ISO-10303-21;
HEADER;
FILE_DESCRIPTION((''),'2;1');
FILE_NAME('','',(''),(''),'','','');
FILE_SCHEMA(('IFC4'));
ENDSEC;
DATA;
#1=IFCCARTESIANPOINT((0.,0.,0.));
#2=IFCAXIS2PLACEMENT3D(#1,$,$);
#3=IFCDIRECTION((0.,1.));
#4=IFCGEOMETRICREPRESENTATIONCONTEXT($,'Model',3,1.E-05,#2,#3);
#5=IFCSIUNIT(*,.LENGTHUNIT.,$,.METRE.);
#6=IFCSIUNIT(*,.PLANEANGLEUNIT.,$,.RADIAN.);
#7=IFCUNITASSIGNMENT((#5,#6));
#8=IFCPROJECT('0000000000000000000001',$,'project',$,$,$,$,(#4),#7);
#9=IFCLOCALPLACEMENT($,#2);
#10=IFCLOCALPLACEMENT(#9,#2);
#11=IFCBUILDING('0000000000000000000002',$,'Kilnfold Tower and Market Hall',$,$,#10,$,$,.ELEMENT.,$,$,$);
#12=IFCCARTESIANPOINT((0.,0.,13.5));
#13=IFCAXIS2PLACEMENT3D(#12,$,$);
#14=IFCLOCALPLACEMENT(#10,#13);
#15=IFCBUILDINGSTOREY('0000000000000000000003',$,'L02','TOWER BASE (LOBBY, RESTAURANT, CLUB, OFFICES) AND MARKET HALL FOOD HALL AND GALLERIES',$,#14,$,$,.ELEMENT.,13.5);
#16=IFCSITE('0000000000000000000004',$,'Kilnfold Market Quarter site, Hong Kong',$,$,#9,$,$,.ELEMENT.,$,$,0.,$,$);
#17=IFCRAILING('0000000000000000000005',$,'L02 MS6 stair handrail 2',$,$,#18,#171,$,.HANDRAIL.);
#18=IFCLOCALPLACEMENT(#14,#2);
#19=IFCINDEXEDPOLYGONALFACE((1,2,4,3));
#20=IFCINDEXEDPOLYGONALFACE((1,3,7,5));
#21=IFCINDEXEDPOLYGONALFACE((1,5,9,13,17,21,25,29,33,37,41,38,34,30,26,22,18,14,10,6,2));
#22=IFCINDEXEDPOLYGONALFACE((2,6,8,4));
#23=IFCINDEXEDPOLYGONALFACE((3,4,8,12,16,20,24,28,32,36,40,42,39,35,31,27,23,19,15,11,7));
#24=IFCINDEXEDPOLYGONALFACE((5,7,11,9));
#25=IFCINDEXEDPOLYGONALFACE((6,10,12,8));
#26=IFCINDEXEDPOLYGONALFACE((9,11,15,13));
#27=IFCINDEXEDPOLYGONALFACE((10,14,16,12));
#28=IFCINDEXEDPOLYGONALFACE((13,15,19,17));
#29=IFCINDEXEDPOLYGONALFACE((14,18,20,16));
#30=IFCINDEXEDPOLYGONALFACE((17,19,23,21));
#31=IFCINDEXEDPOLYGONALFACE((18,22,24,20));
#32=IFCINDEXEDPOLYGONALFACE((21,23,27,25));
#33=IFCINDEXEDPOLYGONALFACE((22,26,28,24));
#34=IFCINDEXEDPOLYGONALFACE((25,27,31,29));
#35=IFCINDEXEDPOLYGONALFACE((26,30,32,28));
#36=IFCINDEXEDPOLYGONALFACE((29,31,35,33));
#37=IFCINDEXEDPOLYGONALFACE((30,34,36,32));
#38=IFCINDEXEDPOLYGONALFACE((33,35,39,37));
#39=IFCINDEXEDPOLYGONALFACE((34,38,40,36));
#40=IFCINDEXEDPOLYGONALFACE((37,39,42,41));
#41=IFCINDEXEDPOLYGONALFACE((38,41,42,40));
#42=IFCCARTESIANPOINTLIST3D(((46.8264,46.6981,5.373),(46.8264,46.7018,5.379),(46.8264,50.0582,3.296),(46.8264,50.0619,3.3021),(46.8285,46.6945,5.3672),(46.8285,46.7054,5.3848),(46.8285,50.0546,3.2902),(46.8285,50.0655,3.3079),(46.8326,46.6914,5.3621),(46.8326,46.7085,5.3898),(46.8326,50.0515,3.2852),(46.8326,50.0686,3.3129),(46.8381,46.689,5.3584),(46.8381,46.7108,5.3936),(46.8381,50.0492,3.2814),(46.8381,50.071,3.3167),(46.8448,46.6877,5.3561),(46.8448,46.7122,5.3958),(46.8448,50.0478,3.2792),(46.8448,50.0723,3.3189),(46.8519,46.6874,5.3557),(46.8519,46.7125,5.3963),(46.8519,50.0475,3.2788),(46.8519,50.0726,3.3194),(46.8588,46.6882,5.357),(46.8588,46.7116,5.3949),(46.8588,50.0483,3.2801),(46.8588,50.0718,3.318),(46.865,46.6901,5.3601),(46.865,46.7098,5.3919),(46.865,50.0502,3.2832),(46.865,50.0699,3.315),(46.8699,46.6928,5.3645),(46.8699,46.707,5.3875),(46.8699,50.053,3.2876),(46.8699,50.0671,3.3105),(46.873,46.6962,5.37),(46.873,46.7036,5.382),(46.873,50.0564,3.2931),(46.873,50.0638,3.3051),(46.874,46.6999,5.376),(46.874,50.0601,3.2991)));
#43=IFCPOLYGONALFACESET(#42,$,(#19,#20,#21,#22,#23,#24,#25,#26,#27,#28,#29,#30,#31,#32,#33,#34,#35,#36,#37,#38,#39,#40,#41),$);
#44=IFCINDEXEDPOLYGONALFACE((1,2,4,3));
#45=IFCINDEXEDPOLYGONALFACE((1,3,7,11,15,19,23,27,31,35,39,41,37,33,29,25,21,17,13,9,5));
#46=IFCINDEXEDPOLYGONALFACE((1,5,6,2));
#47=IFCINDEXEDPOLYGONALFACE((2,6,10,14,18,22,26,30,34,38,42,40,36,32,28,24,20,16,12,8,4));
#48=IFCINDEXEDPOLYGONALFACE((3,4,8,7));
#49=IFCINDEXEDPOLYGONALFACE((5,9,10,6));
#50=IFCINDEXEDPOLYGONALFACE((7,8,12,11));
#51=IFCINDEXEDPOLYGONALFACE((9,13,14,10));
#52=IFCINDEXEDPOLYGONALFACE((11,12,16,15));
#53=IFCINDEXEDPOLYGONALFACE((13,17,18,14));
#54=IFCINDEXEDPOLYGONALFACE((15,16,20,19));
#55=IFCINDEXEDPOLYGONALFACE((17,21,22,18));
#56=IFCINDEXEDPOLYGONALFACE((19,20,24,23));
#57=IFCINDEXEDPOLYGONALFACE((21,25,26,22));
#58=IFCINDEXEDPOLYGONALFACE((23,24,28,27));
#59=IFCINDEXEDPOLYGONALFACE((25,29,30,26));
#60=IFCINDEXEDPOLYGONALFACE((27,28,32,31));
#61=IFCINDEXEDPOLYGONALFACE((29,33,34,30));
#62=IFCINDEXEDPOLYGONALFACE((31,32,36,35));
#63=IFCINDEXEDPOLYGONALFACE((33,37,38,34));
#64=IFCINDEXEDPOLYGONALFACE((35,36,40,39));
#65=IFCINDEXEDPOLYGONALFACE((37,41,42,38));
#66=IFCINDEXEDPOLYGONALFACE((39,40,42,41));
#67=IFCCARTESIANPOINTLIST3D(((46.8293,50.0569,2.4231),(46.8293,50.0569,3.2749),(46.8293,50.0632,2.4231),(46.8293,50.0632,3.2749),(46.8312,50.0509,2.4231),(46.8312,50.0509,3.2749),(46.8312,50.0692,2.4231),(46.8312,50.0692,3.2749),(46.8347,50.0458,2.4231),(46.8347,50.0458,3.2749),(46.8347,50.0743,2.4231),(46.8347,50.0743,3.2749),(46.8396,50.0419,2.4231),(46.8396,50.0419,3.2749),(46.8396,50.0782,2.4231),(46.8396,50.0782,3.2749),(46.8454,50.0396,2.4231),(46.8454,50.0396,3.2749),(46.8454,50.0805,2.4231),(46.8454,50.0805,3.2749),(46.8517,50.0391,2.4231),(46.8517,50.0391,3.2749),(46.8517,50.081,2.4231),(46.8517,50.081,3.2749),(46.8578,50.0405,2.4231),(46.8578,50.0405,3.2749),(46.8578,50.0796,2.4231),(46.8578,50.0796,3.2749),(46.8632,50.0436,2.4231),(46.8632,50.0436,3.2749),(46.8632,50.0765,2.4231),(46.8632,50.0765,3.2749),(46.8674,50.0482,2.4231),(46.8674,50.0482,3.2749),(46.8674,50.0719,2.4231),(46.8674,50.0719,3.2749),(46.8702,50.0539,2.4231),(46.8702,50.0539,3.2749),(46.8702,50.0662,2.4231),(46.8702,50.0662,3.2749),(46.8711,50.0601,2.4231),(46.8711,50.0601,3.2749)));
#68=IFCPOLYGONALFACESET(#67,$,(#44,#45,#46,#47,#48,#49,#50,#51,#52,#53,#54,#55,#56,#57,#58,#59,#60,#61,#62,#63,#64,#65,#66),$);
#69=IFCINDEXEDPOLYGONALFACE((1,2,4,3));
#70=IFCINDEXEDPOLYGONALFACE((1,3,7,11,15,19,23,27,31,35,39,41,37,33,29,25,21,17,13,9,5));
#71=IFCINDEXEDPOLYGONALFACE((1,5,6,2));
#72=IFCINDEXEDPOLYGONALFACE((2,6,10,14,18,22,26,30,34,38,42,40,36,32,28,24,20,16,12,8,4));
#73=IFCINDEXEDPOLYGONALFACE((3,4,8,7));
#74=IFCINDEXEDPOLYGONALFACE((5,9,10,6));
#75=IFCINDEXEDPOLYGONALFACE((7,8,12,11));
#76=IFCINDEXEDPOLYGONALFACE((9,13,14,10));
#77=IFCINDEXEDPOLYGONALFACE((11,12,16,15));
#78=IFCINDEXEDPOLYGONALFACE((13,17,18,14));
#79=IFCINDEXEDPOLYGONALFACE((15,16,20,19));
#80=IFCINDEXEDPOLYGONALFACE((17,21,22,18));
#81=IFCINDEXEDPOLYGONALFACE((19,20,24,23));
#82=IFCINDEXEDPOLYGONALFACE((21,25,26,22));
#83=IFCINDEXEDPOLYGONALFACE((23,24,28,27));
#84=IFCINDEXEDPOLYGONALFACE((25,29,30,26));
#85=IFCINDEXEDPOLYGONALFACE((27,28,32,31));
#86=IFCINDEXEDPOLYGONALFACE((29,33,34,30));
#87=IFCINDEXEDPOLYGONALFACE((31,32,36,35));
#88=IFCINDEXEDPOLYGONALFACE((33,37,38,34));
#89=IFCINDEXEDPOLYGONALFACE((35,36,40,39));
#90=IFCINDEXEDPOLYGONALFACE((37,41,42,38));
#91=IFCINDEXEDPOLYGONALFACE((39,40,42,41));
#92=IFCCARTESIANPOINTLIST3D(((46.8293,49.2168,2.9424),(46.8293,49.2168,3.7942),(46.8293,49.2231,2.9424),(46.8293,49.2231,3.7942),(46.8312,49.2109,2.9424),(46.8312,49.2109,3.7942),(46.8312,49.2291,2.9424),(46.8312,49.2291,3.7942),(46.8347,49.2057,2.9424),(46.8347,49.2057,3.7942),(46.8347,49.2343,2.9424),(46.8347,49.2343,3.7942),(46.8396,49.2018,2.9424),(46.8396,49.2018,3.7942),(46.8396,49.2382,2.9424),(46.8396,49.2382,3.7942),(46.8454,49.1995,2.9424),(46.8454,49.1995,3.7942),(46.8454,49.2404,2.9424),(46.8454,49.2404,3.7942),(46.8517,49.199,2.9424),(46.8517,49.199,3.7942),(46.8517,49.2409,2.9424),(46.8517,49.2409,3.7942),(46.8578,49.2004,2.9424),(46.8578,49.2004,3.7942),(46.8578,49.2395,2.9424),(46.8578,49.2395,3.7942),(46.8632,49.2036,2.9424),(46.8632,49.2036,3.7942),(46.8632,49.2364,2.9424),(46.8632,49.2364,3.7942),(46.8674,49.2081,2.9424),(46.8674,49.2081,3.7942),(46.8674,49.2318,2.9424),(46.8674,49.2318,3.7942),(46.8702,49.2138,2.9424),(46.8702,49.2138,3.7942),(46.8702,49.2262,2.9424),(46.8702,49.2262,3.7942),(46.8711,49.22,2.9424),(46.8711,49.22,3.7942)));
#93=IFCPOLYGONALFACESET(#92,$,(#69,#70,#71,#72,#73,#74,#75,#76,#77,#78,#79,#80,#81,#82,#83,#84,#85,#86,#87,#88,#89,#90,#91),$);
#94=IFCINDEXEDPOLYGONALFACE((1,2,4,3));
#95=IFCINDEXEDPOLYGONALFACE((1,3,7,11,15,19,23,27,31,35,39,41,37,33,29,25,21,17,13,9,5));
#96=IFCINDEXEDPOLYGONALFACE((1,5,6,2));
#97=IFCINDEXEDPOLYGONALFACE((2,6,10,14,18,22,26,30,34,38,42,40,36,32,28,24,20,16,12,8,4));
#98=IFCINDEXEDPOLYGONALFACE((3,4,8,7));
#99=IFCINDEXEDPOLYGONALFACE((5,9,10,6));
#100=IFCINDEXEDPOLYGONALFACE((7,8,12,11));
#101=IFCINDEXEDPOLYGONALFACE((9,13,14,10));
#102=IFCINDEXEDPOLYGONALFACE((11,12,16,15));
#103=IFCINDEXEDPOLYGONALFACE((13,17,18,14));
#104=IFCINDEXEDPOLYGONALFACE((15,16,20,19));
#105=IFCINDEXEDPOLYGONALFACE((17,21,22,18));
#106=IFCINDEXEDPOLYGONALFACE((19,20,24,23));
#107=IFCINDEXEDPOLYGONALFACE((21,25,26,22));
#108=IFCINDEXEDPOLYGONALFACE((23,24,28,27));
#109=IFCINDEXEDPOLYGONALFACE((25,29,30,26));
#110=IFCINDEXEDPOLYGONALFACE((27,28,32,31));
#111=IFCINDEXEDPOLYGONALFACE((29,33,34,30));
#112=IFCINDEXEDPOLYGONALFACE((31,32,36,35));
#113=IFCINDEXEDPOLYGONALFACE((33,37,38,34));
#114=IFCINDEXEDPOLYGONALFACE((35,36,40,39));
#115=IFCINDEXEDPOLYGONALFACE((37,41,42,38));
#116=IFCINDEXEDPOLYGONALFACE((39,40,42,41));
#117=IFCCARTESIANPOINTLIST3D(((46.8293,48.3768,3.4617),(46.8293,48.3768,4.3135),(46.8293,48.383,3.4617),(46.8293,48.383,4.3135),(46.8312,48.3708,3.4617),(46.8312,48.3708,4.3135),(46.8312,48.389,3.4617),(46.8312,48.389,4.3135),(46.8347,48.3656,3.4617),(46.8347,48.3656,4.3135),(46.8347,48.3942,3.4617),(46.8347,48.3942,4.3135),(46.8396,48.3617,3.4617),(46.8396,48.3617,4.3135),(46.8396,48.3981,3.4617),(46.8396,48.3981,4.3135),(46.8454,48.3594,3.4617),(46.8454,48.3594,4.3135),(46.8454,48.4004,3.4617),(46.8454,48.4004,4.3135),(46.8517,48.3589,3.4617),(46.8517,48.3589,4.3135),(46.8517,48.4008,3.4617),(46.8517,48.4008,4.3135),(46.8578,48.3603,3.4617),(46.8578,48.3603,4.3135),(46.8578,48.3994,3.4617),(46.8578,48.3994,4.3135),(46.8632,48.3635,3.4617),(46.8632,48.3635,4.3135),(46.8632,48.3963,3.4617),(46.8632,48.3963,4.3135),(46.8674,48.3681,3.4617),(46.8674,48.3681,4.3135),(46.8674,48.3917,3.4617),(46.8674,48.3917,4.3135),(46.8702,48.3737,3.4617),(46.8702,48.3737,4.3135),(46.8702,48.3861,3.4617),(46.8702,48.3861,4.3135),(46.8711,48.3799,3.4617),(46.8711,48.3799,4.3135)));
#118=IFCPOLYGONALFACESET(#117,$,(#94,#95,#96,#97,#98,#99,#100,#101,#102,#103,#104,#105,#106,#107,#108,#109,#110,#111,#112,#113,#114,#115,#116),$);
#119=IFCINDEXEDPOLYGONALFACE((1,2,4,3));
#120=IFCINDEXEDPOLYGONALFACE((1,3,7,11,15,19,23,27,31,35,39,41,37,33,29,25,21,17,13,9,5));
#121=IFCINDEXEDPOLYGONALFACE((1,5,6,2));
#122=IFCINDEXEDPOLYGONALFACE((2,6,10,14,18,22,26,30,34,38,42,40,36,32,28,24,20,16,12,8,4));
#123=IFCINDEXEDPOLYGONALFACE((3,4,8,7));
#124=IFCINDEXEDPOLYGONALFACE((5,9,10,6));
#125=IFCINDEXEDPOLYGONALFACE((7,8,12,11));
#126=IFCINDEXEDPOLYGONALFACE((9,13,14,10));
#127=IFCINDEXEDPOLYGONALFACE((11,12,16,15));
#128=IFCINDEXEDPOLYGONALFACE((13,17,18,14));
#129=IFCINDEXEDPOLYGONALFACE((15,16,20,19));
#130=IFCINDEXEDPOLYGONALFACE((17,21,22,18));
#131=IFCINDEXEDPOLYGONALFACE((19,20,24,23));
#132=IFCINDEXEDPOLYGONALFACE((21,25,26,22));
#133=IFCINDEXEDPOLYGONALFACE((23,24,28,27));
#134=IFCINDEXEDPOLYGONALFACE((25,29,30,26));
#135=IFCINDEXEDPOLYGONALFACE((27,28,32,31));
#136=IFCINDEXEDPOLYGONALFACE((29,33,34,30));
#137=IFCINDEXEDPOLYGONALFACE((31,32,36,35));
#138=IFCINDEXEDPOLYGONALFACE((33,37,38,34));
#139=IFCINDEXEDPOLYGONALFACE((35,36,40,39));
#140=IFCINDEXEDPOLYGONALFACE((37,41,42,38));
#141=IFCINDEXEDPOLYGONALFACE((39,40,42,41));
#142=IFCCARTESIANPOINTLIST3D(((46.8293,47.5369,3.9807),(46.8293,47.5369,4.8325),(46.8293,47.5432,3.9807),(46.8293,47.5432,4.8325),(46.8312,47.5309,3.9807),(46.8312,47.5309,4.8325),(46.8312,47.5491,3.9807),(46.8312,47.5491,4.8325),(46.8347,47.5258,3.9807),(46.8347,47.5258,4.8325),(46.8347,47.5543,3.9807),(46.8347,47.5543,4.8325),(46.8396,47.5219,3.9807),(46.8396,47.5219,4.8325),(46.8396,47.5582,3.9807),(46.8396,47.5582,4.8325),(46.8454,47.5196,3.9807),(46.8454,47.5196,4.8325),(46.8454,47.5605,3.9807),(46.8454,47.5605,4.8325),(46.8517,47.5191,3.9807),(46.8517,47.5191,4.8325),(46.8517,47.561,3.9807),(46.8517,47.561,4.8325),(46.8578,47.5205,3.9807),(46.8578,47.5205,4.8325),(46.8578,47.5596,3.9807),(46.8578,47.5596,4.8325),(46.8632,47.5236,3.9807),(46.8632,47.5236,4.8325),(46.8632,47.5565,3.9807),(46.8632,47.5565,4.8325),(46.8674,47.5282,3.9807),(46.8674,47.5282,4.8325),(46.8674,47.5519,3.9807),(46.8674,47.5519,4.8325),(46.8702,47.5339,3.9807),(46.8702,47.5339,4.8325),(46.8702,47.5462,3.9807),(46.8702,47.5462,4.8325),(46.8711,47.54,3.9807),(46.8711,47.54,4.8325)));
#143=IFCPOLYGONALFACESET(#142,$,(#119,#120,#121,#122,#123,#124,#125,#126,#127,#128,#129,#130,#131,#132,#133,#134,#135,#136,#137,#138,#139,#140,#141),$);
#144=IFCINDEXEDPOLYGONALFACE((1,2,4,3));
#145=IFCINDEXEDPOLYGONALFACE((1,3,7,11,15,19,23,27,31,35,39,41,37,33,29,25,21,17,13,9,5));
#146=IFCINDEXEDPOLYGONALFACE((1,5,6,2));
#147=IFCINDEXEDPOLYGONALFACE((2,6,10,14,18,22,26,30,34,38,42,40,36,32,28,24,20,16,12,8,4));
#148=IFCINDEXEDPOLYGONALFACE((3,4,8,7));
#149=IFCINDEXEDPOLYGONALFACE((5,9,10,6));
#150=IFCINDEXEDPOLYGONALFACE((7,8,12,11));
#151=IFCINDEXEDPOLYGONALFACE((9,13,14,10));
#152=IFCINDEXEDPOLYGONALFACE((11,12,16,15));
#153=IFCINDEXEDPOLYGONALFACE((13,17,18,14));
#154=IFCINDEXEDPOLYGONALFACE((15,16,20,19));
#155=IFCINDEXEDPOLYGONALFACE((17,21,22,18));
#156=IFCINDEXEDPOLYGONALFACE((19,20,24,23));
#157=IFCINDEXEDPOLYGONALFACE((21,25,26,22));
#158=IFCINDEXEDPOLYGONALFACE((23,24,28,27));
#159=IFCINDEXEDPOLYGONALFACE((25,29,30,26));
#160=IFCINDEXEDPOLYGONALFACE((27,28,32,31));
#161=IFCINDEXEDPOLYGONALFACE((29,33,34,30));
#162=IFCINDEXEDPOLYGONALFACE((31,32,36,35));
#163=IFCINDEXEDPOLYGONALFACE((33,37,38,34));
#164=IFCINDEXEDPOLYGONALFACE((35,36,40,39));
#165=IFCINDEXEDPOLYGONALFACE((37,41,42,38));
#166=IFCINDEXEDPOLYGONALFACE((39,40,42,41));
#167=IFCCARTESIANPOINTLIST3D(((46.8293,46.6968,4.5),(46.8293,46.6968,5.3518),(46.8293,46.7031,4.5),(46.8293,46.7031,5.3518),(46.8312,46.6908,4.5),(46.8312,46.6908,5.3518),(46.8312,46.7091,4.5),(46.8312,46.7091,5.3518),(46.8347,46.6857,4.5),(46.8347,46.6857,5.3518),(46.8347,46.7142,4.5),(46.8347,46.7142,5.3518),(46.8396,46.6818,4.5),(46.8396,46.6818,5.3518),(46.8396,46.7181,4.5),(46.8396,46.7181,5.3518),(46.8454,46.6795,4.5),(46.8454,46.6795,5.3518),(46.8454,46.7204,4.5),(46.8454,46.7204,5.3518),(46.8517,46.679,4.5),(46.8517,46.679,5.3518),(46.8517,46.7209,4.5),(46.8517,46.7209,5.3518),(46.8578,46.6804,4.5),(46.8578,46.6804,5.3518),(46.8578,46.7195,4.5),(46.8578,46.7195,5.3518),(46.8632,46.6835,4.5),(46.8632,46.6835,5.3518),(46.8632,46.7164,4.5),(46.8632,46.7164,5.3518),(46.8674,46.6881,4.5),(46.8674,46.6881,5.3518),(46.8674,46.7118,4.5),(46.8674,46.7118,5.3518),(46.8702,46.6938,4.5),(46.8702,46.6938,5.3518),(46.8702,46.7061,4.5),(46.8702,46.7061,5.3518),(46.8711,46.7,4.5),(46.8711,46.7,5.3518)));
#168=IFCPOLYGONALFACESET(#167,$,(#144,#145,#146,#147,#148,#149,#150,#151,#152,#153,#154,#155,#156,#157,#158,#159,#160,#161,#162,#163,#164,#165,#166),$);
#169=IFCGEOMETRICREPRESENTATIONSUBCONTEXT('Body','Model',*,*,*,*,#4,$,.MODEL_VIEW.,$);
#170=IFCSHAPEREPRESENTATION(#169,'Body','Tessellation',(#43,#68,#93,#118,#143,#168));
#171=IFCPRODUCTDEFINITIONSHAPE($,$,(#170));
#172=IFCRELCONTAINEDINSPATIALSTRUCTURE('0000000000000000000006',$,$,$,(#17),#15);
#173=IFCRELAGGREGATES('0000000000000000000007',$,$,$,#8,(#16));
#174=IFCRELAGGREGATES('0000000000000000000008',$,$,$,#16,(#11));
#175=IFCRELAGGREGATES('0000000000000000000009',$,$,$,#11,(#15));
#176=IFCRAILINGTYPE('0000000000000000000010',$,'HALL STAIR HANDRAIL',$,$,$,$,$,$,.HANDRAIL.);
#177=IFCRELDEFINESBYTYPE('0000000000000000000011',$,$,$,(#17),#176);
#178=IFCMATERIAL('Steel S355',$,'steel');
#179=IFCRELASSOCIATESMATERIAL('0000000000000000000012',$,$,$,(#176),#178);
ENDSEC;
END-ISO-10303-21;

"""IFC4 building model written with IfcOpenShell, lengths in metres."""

from ifc_helpers import new_model, si_unit, direction, frame, origin, origin_2d, place, context, subcontext, project, spatial, circle, extrude, material, type_object, element, save


model = new_model("IFC4")

# Units and contexts
model_context = context("Model", 3, precision=1e-05, world=origin(), true_north=direction((0.0, 1.0)))
body_context = subcontext(model_context, "Body", "Model", "MODEL_VIEW")
ifc_project = project(units=[si_unit("LENGTHUNIT", "METRE"), si_unit("PLANEANGLEUNIT", "RADIAN")], contexts=[model_context])

# Site, building, storey
site_placement = place(None, origin())
site = spatial("IfcSite", under=ifc_project, at=site_placement, Name="Kilnfold Market Quarter site, Hong Kong", CompositionType="ELEMENT", RefElevation=0.0)
building_placement = place(site_placement, origin())
building = spatial("IfcBuilding", under=site, at=building_placement, Name="Kilnfold Tower and Market Hall", CompositionType="ELEMENT")
storey_placement = place(building_placement, frame((0.0, 0.0, 13.5)))
storey = spatial("IfcBuildingStorey", under=building, at=storey_placement, Name="L02", Description="TOWER BASE (LOBBY, RESTAURANT, CLUB, OFFICES) AND MARKET HALL FOOD HALL AND GALLERIES", CompositionType="ELEMENT", Elevation=13.5)

# Railing
ifc_material_1 = material(Name="Steel S355", Category="steel")
railing_type_1 = type_object("IfcRailingType", Name="HALL STAIR HANDRAIL", PredefinedType="HANDRAIL", material=ifc_material_1)
railing_1_placement = place(storey_placement, frame((46.8501, 50.0601, 2.4231)))
element("IfcRailing", 1, at=railing_1_placement, inside=storey, type_object=railing_type_1, Name="L02 MS6 stair handrail 2", PredefinedType="HANDRAIL", context=body_context, shape_type="SweptSolid", body=[
    extrude(circle(Radius=0.0239, at=origin_2d()), frame((0.0, 0.0, 0.876), z_axis=(0.0, -0.850623, 0.525776), x_axis=(1.0, 0.0, 0.0)), (0.0, 0.0, 1.0), 3.9502),
    extrude(circle(Radius=0.021, at=origin_2d()), origin(), (0.0, 0.0, 1.0), 0.8518),
    extrude(circle(Radius=0.021, at=origin_2d()), frame((0.0, -0.8401, 0.5193)), (0.0, 0.0, 1.0), 0.8518),
    extrude(circle(Radius=0.021, at=origin_2d()), frame((0.0, -1.6802, 1.0386)), (0.0, 0.0, 1.0), 0.8518),
    extrude(circle(Radius=0.021, at=origin_2d()), frame((0.0, -2.52, 1.5576)), (0.0, 0.0, 1.0), 0.8518),
    extrude(circle(Radius=0.021, at=origin_2d()), frame((0.0, -3.3601, 2.0769)), (0.0, 0.0, 1.0), 0.8518),
])

save(model, "model.ifc")
